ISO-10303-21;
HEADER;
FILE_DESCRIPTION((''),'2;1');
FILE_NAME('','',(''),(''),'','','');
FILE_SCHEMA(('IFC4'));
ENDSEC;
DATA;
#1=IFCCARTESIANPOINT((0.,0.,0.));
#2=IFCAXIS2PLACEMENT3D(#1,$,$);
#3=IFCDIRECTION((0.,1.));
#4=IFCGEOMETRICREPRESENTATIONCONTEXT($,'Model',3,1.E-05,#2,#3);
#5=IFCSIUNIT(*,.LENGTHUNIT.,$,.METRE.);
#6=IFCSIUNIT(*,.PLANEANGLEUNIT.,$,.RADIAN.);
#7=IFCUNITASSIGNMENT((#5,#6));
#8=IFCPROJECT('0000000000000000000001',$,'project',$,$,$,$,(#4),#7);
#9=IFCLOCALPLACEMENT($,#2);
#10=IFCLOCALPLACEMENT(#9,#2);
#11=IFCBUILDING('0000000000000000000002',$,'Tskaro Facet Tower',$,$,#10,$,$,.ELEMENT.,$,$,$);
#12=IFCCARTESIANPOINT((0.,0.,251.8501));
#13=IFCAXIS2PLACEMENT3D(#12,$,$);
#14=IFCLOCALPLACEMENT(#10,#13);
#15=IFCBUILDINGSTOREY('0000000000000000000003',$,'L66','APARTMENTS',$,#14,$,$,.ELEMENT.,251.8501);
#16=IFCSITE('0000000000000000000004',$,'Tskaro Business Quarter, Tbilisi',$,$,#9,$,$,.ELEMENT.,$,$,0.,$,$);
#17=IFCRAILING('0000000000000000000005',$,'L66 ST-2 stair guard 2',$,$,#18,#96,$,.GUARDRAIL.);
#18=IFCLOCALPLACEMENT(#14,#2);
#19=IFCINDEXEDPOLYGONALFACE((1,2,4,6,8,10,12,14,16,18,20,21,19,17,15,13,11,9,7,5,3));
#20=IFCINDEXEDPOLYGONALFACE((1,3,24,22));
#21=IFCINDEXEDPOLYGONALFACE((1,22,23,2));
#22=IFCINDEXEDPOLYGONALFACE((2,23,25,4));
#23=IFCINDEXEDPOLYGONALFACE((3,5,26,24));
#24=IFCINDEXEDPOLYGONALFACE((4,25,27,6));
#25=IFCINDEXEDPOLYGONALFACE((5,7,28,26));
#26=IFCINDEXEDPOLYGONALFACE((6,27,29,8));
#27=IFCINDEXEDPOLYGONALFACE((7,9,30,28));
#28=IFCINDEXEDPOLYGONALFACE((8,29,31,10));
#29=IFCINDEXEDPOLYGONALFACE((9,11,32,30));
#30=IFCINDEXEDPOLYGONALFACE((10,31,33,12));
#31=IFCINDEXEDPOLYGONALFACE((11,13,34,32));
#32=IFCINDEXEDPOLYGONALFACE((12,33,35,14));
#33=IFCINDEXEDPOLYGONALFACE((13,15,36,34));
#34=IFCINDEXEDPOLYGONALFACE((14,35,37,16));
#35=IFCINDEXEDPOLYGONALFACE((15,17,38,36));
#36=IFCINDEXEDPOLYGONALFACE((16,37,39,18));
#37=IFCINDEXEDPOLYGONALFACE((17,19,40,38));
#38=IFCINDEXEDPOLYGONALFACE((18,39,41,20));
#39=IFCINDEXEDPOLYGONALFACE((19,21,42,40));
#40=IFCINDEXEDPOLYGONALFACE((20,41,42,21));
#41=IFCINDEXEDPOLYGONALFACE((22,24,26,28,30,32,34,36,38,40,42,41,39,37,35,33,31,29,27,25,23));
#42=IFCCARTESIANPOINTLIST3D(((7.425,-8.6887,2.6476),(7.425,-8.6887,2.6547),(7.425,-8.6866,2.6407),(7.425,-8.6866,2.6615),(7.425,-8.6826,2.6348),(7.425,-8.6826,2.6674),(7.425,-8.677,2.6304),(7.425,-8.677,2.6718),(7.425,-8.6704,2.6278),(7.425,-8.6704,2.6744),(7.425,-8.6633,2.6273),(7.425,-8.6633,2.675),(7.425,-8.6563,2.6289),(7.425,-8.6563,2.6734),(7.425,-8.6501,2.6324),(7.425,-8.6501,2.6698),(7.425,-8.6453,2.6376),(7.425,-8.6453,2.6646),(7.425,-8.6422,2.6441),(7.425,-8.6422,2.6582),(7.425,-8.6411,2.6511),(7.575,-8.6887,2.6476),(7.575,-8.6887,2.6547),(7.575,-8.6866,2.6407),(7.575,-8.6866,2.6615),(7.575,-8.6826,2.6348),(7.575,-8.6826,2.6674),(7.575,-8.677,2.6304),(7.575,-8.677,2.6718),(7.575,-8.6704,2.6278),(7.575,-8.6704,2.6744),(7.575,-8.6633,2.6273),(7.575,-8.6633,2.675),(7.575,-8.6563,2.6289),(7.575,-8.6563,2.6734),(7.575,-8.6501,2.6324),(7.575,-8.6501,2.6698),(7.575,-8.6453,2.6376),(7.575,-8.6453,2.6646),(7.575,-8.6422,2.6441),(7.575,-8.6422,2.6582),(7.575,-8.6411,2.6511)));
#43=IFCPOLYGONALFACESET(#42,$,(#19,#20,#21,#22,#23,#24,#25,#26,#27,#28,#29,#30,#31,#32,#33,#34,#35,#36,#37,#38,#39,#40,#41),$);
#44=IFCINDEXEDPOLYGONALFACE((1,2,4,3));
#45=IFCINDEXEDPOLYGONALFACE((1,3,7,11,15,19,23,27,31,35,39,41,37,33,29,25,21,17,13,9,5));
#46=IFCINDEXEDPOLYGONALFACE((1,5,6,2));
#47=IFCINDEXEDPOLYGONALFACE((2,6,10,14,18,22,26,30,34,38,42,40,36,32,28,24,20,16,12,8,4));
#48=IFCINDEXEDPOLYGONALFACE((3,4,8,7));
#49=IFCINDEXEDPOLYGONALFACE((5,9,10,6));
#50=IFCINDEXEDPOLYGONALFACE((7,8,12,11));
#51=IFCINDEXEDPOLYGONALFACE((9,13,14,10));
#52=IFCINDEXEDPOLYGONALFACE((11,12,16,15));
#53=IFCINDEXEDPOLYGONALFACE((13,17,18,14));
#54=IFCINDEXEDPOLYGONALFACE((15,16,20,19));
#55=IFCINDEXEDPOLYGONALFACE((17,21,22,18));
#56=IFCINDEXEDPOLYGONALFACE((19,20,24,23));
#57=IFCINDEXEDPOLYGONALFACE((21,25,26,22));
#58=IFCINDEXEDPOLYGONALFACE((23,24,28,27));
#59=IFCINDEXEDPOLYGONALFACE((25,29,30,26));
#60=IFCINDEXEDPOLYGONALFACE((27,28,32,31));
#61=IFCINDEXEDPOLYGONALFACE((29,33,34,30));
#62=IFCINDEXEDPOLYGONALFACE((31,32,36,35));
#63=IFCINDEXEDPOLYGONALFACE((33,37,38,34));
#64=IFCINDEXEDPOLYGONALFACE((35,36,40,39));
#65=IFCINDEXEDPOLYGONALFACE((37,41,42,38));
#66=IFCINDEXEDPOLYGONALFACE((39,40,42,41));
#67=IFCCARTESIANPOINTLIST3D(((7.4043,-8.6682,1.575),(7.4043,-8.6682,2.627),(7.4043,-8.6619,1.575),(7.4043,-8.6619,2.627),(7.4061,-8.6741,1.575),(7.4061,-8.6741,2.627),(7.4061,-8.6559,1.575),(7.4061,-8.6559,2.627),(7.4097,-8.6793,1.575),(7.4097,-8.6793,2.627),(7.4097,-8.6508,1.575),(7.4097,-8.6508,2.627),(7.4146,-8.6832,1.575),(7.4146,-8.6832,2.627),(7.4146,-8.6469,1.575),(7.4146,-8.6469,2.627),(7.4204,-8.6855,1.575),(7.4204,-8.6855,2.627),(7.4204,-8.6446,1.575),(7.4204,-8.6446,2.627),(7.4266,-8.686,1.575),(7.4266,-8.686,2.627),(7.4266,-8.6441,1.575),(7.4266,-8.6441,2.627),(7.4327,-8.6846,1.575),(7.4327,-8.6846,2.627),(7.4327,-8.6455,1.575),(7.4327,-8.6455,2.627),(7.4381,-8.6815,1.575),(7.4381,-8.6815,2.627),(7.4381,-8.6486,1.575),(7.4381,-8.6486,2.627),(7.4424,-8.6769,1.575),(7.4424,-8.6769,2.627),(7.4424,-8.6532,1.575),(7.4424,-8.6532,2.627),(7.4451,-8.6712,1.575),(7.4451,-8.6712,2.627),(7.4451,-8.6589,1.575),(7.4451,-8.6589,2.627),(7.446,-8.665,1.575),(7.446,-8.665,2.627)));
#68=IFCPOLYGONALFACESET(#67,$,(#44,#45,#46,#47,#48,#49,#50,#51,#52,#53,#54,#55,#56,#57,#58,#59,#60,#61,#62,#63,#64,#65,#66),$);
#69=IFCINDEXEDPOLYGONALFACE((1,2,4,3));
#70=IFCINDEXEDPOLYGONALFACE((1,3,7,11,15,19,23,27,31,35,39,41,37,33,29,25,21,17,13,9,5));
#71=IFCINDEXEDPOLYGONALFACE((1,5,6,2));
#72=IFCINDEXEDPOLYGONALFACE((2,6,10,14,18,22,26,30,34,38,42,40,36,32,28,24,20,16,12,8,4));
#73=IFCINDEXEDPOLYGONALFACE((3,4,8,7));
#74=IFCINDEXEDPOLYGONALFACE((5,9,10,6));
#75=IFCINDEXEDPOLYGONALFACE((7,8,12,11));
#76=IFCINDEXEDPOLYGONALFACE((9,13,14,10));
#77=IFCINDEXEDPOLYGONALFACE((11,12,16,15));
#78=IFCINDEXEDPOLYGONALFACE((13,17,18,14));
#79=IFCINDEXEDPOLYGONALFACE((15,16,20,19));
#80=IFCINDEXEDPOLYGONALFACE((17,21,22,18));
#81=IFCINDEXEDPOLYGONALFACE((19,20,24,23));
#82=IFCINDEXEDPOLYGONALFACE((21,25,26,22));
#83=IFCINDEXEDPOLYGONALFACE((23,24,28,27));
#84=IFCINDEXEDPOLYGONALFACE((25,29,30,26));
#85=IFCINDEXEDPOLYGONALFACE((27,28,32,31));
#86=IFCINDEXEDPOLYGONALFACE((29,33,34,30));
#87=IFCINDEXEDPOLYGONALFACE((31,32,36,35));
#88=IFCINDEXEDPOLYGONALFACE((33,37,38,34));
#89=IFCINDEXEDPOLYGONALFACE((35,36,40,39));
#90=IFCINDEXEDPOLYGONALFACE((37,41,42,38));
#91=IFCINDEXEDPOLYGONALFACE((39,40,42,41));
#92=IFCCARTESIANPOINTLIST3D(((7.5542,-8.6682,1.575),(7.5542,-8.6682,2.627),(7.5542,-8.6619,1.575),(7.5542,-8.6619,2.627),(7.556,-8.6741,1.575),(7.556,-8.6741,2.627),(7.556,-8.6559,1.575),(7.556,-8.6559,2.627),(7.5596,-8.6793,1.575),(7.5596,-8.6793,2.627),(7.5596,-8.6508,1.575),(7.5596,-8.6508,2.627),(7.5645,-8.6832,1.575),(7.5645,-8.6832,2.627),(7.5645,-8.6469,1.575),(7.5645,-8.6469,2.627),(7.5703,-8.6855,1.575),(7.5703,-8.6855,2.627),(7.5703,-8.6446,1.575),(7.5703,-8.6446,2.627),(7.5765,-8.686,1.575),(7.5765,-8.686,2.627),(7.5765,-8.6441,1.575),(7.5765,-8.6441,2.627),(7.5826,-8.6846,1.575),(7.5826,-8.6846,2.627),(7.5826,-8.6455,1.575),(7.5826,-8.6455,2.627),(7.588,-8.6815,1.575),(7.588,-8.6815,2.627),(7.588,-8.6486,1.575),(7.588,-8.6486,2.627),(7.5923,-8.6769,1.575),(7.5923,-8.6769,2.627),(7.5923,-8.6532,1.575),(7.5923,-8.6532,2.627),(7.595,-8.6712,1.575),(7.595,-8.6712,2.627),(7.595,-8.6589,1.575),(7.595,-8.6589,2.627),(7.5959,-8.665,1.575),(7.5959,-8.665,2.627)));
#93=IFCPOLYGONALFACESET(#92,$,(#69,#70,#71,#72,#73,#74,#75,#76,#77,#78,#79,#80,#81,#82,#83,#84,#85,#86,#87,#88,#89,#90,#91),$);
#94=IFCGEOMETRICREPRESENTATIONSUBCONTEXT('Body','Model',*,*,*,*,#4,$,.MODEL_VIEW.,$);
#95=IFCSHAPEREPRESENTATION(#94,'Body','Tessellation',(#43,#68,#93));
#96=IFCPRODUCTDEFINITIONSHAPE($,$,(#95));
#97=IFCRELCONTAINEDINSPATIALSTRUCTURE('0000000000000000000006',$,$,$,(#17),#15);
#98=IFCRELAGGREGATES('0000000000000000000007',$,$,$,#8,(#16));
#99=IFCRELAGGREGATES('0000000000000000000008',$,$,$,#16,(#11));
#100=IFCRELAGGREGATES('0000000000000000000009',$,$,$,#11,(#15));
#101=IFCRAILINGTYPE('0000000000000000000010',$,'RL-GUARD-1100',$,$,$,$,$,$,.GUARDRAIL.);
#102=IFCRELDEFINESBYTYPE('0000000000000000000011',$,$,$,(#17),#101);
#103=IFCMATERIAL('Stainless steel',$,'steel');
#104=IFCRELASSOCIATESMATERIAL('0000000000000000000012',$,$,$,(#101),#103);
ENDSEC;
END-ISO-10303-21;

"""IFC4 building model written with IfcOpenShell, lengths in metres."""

from ifc_helpers import new_model, si_unit, direction, frame, origin, origin_2d, place, context, subcontext, project, spatial, circle, extrude, material, type_object, element, save


model = new_model("IFC4")

# Units and contexts
model_context = context("Model", 3, precision=1e-05, world=origin(), true_north=direction((0.0, 1.0)))
body_context = subcontext(model_context, "Body", "Model", "MODEL_VIEW")
ifc_project = project(units=[si_unit("LENGTHUNIT", "METRE"), si_unit("PLANEANGLEUNIT", "RADIAN")], contexts=[model_context])

# Site, building, storey
site_placement = place(None, origin())
site = spatial("IfcSite", under=ifc_project, at=site_placement, Name="Tskaro Business Quarter, Tbilisi", CompositionType="ELEMENT", RefElevation=0.0)
building_placement = place(site_placement, origin())
building = spatial("IfcBuilding", under=site, at=building_placement, Name="Tskaro Facet Tower", CompositionType="ELEMENT")
storey_placement = place(building_placement, frame((0.0, 0.0, 251.8501)))
storey = spatial("IfcBuildingStorey", under=building, at=storey_placement, Name="L66", Description="APARTMENTS", CompositionType="ELEMENT", Elevation=251.8501)

# Railing
ifc_material_1 = material(Name="Stainless steel", Category="steel")
railing_type_1 = type_object("IfcRailingType", Name="RL-GUARD-1100", PredefinedType="GUARDRAIL", material=ifc_material_1)
railing_1_placement = place(storey_placement, frame((7.425, -8.665, 1.575)))
element("IfcRailing", 1, at=railing_1_placement, inside=storey, type_object=railing_type_1, Name="L66 ST-2 stair guard 2", PredefinedType="GUARDRAIL", context=body_context, shape_type="SweptSolid", body=[
    extrude(circle(Radius=0.0239, at=origin_2d()), frame((0.0, 0.0, 1.0762), z_axis=(1.0, 0.0, 0.0), x_axis=(0.0, 1.0, 0.0)), (0.0, 0.0, 1.0), 0.1499),
    extrude(circle(Radius=0.021, at=origin_2d()), origin(), (0.0, 0.0, 1.0), 1.052),
    extrude(circle(Radius=0.021, at=origin_2d()), frame((0.1499, 0.0, 0.0)), (0.0, 0.0, 1.0), 1.052),
])

save(model, "model.ifc")
